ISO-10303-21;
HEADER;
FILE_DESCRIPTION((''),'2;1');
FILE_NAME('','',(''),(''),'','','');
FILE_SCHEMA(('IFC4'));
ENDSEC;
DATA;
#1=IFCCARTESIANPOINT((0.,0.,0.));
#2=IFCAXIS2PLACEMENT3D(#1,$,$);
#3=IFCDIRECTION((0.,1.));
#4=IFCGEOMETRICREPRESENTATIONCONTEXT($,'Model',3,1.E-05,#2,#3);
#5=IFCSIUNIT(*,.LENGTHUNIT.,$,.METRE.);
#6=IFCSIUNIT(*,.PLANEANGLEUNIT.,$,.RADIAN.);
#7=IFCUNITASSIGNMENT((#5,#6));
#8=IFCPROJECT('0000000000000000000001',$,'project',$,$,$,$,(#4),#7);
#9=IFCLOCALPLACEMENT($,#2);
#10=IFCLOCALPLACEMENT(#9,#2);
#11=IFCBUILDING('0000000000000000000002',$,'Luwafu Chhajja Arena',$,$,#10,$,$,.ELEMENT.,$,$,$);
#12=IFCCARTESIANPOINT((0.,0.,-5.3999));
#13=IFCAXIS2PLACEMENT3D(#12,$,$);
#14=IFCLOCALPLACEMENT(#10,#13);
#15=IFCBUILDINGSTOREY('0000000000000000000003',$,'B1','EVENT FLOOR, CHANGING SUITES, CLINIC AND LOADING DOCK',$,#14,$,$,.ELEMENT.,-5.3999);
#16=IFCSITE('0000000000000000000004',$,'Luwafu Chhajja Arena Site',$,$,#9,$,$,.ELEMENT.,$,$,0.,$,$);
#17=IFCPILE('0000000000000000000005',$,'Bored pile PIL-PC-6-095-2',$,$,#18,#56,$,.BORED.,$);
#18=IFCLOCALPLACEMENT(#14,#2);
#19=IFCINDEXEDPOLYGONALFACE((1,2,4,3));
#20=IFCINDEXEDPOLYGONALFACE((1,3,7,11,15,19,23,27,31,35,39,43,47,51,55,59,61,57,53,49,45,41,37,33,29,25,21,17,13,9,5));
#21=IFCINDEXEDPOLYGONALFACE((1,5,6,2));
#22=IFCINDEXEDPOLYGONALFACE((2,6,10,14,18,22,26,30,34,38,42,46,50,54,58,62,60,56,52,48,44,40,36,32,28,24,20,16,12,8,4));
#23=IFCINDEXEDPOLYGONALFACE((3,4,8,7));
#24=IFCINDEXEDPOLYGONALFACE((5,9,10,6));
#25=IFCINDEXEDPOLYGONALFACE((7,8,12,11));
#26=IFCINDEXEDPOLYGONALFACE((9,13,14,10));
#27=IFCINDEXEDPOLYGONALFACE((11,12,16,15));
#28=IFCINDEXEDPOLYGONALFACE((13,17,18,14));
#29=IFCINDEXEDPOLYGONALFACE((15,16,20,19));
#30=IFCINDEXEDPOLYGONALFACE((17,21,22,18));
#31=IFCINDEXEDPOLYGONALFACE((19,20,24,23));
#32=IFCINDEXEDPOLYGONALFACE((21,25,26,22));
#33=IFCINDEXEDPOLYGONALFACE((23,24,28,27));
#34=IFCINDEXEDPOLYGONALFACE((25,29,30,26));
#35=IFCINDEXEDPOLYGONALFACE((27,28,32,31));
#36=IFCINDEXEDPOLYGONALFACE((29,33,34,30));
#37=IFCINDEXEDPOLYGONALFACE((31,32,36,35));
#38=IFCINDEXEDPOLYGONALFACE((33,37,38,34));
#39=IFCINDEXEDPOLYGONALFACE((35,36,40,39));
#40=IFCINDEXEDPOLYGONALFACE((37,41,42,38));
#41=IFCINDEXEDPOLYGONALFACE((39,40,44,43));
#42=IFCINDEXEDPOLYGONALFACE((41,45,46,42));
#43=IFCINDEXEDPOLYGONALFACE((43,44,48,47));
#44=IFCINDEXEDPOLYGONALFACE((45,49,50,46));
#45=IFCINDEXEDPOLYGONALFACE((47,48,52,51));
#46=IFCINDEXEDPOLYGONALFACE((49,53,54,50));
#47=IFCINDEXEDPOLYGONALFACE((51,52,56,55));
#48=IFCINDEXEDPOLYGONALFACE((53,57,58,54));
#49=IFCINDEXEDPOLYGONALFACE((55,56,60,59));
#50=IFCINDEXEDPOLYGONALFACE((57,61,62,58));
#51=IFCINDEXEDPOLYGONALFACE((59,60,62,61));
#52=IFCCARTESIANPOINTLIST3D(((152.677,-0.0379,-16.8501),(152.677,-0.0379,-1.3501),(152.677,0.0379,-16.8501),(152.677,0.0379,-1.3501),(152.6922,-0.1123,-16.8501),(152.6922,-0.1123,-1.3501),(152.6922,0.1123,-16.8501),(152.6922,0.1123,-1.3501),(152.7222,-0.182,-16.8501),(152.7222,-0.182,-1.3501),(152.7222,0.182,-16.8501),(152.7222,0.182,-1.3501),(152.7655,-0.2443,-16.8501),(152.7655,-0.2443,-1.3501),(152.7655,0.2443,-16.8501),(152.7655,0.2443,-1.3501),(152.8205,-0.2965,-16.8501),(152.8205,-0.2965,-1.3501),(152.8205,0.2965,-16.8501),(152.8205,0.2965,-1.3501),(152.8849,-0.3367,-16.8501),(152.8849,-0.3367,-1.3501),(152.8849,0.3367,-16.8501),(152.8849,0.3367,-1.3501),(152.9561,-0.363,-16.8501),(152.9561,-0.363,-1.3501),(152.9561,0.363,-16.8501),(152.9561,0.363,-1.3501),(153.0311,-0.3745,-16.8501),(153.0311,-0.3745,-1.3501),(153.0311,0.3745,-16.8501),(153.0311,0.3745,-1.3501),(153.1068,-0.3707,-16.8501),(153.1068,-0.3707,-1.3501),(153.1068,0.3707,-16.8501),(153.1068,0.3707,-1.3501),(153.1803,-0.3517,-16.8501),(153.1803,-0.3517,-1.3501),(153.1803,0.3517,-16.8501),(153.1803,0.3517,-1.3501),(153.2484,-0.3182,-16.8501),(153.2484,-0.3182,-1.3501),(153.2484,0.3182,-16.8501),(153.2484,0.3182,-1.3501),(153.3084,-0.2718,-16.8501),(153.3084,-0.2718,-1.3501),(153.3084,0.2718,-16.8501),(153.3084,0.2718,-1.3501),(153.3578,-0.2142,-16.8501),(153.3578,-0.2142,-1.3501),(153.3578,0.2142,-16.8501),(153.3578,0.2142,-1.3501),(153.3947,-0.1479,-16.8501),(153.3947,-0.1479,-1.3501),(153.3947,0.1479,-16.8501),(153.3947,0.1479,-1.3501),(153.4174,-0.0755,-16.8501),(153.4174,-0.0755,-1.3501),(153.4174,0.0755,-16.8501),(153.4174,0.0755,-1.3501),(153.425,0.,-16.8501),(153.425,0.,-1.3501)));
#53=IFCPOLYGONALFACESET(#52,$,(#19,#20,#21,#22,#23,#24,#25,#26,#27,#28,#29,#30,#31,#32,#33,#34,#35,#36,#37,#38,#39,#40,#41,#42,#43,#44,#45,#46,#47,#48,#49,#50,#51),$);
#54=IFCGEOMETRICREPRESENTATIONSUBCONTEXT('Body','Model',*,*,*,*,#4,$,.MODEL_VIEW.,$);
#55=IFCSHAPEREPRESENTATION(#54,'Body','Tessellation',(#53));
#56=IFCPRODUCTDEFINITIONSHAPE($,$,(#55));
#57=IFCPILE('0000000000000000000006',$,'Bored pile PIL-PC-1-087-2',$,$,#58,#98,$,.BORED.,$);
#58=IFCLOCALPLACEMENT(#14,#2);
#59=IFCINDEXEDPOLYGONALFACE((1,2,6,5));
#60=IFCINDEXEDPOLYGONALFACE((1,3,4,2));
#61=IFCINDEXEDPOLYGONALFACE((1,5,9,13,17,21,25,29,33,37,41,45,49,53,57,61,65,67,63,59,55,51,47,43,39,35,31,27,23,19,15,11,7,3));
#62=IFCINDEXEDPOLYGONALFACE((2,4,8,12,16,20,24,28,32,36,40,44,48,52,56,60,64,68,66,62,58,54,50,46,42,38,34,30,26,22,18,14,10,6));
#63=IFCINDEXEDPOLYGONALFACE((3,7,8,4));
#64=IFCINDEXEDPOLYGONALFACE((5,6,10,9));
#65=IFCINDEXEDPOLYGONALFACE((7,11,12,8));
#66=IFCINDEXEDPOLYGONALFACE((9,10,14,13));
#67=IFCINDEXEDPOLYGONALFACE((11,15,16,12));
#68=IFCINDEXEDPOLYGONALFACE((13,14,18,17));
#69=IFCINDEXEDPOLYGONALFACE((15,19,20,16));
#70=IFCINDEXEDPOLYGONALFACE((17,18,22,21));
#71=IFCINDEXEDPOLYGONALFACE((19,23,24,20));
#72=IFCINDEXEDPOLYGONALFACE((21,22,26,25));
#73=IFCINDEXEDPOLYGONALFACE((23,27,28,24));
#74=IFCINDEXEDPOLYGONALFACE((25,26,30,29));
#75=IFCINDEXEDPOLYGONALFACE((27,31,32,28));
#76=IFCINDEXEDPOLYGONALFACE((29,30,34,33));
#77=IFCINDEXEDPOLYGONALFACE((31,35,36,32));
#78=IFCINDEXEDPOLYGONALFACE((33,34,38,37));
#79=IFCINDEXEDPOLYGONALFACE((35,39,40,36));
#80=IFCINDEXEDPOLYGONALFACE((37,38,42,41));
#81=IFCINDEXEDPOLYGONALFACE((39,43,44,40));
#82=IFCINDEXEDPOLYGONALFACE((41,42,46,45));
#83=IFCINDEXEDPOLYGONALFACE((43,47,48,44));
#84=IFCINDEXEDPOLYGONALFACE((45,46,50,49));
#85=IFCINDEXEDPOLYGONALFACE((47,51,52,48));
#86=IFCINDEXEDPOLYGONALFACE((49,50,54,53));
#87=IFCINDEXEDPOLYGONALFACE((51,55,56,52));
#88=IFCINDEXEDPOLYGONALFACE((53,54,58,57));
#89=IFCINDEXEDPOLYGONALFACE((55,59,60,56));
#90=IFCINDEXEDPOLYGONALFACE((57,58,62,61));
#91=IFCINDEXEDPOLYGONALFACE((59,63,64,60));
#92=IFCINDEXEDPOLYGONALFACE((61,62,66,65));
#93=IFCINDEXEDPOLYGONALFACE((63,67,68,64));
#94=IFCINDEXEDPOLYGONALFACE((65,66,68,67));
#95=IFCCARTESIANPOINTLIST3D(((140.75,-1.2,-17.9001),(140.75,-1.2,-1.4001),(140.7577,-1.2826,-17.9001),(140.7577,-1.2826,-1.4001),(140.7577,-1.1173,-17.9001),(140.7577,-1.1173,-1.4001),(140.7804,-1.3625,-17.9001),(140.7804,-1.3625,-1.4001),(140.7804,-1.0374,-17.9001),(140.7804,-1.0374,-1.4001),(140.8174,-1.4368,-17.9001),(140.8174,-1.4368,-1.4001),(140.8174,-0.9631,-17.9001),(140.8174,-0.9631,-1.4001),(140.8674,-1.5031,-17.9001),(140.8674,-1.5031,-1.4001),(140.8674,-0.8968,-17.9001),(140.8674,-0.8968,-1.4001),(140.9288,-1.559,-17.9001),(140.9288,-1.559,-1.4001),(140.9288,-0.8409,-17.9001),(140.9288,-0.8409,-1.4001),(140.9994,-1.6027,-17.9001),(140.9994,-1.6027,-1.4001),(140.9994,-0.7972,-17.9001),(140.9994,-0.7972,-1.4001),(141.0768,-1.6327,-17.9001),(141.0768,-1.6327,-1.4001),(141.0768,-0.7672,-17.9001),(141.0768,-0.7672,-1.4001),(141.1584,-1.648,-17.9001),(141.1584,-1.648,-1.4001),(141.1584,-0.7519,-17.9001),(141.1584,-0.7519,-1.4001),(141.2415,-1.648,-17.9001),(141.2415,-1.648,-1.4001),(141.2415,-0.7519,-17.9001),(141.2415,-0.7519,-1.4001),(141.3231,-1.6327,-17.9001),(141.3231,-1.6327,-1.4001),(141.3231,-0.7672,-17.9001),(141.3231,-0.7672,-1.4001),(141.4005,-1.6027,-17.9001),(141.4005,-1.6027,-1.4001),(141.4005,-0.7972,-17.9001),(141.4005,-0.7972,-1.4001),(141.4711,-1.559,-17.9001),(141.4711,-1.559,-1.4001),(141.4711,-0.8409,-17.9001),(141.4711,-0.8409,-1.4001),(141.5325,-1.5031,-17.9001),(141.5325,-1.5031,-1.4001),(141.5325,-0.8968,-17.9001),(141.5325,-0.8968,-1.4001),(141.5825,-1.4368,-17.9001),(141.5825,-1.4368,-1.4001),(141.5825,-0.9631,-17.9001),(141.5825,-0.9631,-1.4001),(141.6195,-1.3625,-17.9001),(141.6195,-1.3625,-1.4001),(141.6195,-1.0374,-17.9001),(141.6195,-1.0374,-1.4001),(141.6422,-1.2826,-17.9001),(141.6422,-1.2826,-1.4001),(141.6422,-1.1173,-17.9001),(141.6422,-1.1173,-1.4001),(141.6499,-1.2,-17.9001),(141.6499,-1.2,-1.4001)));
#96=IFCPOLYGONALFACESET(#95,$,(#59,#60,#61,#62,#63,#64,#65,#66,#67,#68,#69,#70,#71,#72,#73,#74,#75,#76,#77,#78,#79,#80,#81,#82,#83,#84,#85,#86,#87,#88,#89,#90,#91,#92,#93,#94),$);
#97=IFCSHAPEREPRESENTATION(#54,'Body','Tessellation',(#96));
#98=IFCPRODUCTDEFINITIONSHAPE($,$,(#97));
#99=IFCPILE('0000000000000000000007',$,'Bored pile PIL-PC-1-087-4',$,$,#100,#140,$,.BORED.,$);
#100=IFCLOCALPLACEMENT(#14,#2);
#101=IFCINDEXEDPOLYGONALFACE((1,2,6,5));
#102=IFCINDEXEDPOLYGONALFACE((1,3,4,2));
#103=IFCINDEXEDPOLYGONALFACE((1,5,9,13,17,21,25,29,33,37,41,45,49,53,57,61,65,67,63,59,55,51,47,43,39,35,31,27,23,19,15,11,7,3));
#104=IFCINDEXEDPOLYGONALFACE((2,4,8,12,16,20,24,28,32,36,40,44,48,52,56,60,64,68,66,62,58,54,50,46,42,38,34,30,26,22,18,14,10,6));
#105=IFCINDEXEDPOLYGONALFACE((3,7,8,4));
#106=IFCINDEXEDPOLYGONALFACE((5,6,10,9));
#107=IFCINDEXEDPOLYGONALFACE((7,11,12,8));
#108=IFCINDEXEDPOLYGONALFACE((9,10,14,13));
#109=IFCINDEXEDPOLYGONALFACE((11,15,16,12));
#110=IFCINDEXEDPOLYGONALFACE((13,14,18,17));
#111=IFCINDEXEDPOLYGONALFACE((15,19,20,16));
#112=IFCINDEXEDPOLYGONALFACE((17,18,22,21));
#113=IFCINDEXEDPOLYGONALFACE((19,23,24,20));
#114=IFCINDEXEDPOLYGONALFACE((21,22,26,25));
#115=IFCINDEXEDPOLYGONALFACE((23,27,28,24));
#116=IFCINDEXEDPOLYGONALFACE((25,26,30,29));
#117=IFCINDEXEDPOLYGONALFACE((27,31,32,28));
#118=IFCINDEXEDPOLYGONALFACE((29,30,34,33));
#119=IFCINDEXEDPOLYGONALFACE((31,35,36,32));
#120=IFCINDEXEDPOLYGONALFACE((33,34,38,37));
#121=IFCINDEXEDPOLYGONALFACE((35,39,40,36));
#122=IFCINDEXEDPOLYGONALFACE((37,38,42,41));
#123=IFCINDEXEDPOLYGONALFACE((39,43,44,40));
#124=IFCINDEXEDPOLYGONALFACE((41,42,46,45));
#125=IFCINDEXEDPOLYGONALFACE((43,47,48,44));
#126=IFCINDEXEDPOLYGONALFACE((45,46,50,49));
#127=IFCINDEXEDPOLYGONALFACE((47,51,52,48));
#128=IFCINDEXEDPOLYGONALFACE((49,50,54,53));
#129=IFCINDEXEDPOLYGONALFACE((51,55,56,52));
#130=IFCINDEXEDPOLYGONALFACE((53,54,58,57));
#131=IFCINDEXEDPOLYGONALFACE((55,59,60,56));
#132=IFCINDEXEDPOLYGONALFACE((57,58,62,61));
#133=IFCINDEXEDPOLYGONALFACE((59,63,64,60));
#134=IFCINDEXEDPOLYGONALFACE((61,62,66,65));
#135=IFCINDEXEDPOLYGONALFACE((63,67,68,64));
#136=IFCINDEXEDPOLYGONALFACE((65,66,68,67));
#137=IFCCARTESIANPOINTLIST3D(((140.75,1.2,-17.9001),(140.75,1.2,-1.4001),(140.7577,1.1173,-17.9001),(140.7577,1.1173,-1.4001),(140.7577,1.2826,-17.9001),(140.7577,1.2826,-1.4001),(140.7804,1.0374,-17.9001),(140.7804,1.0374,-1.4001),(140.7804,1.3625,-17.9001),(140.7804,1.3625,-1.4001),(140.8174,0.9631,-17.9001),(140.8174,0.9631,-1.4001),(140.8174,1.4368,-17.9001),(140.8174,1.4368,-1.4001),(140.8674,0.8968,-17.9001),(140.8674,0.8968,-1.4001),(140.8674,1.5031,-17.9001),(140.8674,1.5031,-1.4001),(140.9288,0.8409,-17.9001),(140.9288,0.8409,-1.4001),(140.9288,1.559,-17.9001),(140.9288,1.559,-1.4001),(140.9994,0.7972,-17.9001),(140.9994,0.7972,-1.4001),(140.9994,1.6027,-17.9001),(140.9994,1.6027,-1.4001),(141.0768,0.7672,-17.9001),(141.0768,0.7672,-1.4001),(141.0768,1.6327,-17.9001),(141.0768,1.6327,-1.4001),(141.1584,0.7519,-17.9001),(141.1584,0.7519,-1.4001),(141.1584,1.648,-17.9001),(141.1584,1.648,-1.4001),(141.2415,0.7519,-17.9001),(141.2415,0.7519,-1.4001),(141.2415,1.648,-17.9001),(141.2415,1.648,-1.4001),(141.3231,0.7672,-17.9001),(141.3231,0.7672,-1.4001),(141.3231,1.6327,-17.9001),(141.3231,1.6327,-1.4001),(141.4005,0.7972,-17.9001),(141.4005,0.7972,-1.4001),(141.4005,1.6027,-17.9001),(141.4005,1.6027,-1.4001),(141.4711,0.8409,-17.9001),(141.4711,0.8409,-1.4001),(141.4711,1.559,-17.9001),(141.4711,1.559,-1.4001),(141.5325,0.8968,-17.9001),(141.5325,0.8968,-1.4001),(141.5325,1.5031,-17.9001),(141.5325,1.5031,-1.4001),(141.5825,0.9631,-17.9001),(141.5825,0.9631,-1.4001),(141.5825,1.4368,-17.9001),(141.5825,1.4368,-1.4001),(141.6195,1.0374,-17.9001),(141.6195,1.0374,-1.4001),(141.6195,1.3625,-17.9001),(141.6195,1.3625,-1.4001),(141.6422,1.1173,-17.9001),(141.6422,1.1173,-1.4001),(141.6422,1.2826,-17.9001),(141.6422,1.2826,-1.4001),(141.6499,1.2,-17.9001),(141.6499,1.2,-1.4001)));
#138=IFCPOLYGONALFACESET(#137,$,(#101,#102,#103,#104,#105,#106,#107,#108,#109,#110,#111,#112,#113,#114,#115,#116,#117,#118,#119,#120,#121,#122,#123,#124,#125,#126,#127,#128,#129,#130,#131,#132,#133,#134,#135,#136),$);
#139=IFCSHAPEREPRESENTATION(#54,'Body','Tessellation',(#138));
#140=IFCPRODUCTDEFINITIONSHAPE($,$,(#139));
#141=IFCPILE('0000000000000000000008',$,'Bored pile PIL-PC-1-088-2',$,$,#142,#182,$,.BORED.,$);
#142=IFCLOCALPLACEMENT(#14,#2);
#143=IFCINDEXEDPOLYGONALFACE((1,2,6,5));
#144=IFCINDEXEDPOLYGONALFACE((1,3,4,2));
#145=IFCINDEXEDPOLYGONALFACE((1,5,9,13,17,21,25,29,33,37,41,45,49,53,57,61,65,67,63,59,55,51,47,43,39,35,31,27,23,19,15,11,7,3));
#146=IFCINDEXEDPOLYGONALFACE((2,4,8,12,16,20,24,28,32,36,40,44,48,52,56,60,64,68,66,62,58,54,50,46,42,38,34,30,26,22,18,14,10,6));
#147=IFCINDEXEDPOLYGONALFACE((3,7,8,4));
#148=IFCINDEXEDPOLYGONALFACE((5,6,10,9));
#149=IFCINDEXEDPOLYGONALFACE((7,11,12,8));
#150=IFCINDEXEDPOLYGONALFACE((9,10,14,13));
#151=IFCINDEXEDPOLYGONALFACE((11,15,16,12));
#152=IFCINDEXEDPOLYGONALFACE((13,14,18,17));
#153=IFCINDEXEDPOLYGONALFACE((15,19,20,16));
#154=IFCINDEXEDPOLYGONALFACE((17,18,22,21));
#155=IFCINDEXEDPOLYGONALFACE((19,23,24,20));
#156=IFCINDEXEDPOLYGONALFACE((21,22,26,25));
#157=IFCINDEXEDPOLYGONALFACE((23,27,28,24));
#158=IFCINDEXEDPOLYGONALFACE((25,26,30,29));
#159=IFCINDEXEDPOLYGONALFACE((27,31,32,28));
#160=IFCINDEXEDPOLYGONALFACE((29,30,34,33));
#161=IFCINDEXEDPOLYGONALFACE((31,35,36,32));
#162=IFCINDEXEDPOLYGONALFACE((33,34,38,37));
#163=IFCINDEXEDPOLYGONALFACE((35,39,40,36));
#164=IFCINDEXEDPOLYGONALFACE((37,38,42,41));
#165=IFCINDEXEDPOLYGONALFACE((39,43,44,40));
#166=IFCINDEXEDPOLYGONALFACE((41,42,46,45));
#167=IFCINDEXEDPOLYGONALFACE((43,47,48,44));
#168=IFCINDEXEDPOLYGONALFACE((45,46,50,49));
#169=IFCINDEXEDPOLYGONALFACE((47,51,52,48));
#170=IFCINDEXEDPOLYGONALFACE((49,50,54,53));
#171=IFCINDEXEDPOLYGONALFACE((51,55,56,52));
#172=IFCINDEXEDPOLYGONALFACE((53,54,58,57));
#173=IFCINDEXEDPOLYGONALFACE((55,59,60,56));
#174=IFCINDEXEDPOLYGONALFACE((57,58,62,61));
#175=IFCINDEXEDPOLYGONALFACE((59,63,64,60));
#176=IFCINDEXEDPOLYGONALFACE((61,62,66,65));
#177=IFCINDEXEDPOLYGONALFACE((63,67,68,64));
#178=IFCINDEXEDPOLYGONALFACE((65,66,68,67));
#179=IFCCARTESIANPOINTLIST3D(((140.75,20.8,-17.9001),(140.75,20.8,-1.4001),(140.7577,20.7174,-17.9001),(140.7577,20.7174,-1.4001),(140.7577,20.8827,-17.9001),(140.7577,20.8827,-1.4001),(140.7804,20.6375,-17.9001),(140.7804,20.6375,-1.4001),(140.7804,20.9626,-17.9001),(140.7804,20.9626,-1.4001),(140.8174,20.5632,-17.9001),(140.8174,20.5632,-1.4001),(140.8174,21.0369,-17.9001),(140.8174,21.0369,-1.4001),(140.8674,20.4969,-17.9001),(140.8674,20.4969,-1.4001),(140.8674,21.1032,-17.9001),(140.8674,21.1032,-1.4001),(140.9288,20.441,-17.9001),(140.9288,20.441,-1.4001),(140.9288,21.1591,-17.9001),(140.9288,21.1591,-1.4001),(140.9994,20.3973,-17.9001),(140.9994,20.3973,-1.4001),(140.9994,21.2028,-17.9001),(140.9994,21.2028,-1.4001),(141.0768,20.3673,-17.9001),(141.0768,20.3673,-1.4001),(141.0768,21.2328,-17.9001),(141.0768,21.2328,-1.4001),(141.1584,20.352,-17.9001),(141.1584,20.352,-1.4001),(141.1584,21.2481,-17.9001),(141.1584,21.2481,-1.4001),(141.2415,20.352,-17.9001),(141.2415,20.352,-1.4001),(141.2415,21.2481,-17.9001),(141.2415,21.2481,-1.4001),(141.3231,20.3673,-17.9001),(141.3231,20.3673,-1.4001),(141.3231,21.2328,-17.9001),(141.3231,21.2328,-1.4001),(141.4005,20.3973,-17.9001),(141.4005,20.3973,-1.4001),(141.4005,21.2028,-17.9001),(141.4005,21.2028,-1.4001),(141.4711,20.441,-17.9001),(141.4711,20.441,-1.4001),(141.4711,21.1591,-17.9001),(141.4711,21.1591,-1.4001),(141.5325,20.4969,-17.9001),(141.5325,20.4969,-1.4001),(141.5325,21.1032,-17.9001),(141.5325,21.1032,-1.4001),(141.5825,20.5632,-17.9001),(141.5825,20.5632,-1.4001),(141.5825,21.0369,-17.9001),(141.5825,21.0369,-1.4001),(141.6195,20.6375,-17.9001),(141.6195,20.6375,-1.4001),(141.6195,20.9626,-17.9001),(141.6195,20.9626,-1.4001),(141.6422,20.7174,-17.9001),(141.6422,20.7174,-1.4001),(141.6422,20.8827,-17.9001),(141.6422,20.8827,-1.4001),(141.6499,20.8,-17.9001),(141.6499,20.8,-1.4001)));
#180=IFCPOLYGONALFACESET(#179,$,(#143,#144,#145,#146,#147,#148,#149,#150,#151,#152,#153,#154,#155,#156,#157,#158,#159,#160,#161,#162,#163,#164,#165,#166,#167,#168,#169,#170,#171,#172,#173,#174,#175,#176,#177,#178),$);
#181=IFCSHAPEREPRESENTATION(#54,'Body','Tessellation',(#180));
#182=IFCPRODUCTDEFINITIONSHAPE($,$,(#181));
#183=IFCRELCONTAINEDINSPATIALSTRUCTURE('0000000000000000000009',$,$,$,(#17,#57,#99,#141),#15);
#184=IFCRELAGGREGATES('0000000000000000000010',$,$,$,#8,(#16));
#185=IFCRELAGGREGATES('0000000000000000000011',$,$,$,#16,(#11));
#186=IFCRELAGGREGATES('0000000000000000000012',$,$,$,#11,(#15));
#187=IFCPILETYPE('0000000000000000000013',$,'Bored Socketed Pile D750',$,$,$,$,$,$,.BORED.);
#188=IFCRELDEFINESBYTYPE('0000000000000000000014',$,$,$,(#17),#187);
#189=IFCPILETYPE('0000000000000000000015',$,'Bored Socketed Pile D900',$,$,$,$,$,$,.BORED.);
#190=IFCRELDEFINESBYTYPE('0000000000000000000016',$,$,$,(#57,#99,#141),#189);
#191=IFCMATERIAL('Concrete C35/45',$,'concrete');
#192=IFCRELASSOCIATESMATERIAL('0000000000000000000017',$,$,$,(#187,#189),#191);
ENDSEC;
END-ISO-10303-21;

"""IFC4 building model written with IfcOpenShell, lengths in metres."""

from ifc_helpers import new_model, si_unit, direction, frame, origin, origin_2d, place, context, subcontext, project, spatial, circle, extrude, material, material_profile, profile_set, type_object, element, save


model = new_model("IFC4")

# Units and contexts
model_context = context("Model", 3, precision=1e-05, world=origin(), true_north=direction((0.0, 1.0)))
body_context = subcontext(model_context, "Body", "Model", "MODEL_VIEW")
ifc_project = project(units=[si_unit("LENGTHUNIT", "METRE"), si_unit("PLANEANGLEUNIT", "RADIAN")], contexts=[model_context])

# Site, building, storey
site_placement = place(None, origin())
site = spatial("IfcSite", under=ifc_project, at=site_placement, Name="Luwafu Chhajja Arena Site", CompositionType="ELEMENT", RefElevation=0.0)
building_placement = place(site_placement, origin())
building = spatial("IfcBuilding", under=site, at=building_placement, Name="Luwafu Chhajja Arena", CompositionType="ELEMENT")
storey_placement = place(building_placement, frame((0.0, 0.0, -5.3999)))
storey = spatial("IfcBuildingStorey", under=building, at=storey_placement, Name="B1", Description="EVENT FLOOR, CHANGING SUITES, CLINIC AND LOADING DOCK", CompositionType="ELEMENT", Elevation=-5.3999)

# Piles
ifc_material_1 = material(Name="Concrete C35/45", Category="concrete")
ifc_material_profile_1 = material_profile(ifc_material_1, circle(Radius=0.375, at=origin_2d()), Name="PILE D750")
ifc_profile_set_1 = profile_set([ifc_material_profile_1], Name="Concrete C35/45")
pile_type_1 = type_object("IfcPileType", Name="Bored Socketed Pile D750", PredefinedType="BORED", material=ifc_profile_set_1)
for number, where, z_axis, x_axis, name in (
    (1, (153.05, 0.0, -1.3501), (0.0, 0.0, -1.0), (1.0, 0.0, 0.0), "Bored pile PIL-PC-6-095-2"),
):
    element("IfcPile", number, at=place(storey_placement, frame(where, z_axis=z_axis, x_axis=x_axis)), inside=storey, type_object=pile_type_1, Name=name, PredefinedType="BORED", context=body_context, shape_type="SweptSolid", body=[
        extrude(circle(Radius=0.375, at=origin_2d()), origin(), (0.0, 0.0, 1.0), 15.5),
    ])
ifc_material_profile_2 = material_profile(ifc_material_1, circle(Radius=0.45, at=origin_2d()), Name="PILE D900")
ifc_profile_set_2 = profile_set([ifc_material_profile_2], Name="Concrete C35/45")
pile_type_2 = type_object("IfcPileType", Name="Bored Socketed Pile D900", PredefinedType="BORED", material=ifc_profile_set_2)
for number, where, z_axis, x_axis, name in (
    (2, (141.2, -1.2, -1.4001), (0.0, 0.0, -1.0), (1.0, 0.0, 0.0), "Bored pile PIL-PC-1-087-2"),
    (3, (141.2, 1.2, -1.4001), (0.0, 0.0, -1.0), (1.0, 0.0, 0.0), "Bored pile PIL-PC-1-087-4"),
    (4, (141.2, 20.8, -1.4001), (0.0, 0.0, -1.0), (1.0, 0.0, 0.0), "Bored pile PIL-PC-1-088-2"),
):
    element("IfcPile", number, at=place(storey_placement, frame(where, z_axis=z_axis, x_axis=x_axis)), inside=storey, type_object=pile_type_2, Name=name, PredefinedType="BORED", context=body_context, shape_type="SweptSolid", body=[
        extrude(circle(Radius=0.45, at=origin_2d()), origin(), (0.0, 0.0, 1.0), 16.5),
    ])

save(model, "model.ifc")
